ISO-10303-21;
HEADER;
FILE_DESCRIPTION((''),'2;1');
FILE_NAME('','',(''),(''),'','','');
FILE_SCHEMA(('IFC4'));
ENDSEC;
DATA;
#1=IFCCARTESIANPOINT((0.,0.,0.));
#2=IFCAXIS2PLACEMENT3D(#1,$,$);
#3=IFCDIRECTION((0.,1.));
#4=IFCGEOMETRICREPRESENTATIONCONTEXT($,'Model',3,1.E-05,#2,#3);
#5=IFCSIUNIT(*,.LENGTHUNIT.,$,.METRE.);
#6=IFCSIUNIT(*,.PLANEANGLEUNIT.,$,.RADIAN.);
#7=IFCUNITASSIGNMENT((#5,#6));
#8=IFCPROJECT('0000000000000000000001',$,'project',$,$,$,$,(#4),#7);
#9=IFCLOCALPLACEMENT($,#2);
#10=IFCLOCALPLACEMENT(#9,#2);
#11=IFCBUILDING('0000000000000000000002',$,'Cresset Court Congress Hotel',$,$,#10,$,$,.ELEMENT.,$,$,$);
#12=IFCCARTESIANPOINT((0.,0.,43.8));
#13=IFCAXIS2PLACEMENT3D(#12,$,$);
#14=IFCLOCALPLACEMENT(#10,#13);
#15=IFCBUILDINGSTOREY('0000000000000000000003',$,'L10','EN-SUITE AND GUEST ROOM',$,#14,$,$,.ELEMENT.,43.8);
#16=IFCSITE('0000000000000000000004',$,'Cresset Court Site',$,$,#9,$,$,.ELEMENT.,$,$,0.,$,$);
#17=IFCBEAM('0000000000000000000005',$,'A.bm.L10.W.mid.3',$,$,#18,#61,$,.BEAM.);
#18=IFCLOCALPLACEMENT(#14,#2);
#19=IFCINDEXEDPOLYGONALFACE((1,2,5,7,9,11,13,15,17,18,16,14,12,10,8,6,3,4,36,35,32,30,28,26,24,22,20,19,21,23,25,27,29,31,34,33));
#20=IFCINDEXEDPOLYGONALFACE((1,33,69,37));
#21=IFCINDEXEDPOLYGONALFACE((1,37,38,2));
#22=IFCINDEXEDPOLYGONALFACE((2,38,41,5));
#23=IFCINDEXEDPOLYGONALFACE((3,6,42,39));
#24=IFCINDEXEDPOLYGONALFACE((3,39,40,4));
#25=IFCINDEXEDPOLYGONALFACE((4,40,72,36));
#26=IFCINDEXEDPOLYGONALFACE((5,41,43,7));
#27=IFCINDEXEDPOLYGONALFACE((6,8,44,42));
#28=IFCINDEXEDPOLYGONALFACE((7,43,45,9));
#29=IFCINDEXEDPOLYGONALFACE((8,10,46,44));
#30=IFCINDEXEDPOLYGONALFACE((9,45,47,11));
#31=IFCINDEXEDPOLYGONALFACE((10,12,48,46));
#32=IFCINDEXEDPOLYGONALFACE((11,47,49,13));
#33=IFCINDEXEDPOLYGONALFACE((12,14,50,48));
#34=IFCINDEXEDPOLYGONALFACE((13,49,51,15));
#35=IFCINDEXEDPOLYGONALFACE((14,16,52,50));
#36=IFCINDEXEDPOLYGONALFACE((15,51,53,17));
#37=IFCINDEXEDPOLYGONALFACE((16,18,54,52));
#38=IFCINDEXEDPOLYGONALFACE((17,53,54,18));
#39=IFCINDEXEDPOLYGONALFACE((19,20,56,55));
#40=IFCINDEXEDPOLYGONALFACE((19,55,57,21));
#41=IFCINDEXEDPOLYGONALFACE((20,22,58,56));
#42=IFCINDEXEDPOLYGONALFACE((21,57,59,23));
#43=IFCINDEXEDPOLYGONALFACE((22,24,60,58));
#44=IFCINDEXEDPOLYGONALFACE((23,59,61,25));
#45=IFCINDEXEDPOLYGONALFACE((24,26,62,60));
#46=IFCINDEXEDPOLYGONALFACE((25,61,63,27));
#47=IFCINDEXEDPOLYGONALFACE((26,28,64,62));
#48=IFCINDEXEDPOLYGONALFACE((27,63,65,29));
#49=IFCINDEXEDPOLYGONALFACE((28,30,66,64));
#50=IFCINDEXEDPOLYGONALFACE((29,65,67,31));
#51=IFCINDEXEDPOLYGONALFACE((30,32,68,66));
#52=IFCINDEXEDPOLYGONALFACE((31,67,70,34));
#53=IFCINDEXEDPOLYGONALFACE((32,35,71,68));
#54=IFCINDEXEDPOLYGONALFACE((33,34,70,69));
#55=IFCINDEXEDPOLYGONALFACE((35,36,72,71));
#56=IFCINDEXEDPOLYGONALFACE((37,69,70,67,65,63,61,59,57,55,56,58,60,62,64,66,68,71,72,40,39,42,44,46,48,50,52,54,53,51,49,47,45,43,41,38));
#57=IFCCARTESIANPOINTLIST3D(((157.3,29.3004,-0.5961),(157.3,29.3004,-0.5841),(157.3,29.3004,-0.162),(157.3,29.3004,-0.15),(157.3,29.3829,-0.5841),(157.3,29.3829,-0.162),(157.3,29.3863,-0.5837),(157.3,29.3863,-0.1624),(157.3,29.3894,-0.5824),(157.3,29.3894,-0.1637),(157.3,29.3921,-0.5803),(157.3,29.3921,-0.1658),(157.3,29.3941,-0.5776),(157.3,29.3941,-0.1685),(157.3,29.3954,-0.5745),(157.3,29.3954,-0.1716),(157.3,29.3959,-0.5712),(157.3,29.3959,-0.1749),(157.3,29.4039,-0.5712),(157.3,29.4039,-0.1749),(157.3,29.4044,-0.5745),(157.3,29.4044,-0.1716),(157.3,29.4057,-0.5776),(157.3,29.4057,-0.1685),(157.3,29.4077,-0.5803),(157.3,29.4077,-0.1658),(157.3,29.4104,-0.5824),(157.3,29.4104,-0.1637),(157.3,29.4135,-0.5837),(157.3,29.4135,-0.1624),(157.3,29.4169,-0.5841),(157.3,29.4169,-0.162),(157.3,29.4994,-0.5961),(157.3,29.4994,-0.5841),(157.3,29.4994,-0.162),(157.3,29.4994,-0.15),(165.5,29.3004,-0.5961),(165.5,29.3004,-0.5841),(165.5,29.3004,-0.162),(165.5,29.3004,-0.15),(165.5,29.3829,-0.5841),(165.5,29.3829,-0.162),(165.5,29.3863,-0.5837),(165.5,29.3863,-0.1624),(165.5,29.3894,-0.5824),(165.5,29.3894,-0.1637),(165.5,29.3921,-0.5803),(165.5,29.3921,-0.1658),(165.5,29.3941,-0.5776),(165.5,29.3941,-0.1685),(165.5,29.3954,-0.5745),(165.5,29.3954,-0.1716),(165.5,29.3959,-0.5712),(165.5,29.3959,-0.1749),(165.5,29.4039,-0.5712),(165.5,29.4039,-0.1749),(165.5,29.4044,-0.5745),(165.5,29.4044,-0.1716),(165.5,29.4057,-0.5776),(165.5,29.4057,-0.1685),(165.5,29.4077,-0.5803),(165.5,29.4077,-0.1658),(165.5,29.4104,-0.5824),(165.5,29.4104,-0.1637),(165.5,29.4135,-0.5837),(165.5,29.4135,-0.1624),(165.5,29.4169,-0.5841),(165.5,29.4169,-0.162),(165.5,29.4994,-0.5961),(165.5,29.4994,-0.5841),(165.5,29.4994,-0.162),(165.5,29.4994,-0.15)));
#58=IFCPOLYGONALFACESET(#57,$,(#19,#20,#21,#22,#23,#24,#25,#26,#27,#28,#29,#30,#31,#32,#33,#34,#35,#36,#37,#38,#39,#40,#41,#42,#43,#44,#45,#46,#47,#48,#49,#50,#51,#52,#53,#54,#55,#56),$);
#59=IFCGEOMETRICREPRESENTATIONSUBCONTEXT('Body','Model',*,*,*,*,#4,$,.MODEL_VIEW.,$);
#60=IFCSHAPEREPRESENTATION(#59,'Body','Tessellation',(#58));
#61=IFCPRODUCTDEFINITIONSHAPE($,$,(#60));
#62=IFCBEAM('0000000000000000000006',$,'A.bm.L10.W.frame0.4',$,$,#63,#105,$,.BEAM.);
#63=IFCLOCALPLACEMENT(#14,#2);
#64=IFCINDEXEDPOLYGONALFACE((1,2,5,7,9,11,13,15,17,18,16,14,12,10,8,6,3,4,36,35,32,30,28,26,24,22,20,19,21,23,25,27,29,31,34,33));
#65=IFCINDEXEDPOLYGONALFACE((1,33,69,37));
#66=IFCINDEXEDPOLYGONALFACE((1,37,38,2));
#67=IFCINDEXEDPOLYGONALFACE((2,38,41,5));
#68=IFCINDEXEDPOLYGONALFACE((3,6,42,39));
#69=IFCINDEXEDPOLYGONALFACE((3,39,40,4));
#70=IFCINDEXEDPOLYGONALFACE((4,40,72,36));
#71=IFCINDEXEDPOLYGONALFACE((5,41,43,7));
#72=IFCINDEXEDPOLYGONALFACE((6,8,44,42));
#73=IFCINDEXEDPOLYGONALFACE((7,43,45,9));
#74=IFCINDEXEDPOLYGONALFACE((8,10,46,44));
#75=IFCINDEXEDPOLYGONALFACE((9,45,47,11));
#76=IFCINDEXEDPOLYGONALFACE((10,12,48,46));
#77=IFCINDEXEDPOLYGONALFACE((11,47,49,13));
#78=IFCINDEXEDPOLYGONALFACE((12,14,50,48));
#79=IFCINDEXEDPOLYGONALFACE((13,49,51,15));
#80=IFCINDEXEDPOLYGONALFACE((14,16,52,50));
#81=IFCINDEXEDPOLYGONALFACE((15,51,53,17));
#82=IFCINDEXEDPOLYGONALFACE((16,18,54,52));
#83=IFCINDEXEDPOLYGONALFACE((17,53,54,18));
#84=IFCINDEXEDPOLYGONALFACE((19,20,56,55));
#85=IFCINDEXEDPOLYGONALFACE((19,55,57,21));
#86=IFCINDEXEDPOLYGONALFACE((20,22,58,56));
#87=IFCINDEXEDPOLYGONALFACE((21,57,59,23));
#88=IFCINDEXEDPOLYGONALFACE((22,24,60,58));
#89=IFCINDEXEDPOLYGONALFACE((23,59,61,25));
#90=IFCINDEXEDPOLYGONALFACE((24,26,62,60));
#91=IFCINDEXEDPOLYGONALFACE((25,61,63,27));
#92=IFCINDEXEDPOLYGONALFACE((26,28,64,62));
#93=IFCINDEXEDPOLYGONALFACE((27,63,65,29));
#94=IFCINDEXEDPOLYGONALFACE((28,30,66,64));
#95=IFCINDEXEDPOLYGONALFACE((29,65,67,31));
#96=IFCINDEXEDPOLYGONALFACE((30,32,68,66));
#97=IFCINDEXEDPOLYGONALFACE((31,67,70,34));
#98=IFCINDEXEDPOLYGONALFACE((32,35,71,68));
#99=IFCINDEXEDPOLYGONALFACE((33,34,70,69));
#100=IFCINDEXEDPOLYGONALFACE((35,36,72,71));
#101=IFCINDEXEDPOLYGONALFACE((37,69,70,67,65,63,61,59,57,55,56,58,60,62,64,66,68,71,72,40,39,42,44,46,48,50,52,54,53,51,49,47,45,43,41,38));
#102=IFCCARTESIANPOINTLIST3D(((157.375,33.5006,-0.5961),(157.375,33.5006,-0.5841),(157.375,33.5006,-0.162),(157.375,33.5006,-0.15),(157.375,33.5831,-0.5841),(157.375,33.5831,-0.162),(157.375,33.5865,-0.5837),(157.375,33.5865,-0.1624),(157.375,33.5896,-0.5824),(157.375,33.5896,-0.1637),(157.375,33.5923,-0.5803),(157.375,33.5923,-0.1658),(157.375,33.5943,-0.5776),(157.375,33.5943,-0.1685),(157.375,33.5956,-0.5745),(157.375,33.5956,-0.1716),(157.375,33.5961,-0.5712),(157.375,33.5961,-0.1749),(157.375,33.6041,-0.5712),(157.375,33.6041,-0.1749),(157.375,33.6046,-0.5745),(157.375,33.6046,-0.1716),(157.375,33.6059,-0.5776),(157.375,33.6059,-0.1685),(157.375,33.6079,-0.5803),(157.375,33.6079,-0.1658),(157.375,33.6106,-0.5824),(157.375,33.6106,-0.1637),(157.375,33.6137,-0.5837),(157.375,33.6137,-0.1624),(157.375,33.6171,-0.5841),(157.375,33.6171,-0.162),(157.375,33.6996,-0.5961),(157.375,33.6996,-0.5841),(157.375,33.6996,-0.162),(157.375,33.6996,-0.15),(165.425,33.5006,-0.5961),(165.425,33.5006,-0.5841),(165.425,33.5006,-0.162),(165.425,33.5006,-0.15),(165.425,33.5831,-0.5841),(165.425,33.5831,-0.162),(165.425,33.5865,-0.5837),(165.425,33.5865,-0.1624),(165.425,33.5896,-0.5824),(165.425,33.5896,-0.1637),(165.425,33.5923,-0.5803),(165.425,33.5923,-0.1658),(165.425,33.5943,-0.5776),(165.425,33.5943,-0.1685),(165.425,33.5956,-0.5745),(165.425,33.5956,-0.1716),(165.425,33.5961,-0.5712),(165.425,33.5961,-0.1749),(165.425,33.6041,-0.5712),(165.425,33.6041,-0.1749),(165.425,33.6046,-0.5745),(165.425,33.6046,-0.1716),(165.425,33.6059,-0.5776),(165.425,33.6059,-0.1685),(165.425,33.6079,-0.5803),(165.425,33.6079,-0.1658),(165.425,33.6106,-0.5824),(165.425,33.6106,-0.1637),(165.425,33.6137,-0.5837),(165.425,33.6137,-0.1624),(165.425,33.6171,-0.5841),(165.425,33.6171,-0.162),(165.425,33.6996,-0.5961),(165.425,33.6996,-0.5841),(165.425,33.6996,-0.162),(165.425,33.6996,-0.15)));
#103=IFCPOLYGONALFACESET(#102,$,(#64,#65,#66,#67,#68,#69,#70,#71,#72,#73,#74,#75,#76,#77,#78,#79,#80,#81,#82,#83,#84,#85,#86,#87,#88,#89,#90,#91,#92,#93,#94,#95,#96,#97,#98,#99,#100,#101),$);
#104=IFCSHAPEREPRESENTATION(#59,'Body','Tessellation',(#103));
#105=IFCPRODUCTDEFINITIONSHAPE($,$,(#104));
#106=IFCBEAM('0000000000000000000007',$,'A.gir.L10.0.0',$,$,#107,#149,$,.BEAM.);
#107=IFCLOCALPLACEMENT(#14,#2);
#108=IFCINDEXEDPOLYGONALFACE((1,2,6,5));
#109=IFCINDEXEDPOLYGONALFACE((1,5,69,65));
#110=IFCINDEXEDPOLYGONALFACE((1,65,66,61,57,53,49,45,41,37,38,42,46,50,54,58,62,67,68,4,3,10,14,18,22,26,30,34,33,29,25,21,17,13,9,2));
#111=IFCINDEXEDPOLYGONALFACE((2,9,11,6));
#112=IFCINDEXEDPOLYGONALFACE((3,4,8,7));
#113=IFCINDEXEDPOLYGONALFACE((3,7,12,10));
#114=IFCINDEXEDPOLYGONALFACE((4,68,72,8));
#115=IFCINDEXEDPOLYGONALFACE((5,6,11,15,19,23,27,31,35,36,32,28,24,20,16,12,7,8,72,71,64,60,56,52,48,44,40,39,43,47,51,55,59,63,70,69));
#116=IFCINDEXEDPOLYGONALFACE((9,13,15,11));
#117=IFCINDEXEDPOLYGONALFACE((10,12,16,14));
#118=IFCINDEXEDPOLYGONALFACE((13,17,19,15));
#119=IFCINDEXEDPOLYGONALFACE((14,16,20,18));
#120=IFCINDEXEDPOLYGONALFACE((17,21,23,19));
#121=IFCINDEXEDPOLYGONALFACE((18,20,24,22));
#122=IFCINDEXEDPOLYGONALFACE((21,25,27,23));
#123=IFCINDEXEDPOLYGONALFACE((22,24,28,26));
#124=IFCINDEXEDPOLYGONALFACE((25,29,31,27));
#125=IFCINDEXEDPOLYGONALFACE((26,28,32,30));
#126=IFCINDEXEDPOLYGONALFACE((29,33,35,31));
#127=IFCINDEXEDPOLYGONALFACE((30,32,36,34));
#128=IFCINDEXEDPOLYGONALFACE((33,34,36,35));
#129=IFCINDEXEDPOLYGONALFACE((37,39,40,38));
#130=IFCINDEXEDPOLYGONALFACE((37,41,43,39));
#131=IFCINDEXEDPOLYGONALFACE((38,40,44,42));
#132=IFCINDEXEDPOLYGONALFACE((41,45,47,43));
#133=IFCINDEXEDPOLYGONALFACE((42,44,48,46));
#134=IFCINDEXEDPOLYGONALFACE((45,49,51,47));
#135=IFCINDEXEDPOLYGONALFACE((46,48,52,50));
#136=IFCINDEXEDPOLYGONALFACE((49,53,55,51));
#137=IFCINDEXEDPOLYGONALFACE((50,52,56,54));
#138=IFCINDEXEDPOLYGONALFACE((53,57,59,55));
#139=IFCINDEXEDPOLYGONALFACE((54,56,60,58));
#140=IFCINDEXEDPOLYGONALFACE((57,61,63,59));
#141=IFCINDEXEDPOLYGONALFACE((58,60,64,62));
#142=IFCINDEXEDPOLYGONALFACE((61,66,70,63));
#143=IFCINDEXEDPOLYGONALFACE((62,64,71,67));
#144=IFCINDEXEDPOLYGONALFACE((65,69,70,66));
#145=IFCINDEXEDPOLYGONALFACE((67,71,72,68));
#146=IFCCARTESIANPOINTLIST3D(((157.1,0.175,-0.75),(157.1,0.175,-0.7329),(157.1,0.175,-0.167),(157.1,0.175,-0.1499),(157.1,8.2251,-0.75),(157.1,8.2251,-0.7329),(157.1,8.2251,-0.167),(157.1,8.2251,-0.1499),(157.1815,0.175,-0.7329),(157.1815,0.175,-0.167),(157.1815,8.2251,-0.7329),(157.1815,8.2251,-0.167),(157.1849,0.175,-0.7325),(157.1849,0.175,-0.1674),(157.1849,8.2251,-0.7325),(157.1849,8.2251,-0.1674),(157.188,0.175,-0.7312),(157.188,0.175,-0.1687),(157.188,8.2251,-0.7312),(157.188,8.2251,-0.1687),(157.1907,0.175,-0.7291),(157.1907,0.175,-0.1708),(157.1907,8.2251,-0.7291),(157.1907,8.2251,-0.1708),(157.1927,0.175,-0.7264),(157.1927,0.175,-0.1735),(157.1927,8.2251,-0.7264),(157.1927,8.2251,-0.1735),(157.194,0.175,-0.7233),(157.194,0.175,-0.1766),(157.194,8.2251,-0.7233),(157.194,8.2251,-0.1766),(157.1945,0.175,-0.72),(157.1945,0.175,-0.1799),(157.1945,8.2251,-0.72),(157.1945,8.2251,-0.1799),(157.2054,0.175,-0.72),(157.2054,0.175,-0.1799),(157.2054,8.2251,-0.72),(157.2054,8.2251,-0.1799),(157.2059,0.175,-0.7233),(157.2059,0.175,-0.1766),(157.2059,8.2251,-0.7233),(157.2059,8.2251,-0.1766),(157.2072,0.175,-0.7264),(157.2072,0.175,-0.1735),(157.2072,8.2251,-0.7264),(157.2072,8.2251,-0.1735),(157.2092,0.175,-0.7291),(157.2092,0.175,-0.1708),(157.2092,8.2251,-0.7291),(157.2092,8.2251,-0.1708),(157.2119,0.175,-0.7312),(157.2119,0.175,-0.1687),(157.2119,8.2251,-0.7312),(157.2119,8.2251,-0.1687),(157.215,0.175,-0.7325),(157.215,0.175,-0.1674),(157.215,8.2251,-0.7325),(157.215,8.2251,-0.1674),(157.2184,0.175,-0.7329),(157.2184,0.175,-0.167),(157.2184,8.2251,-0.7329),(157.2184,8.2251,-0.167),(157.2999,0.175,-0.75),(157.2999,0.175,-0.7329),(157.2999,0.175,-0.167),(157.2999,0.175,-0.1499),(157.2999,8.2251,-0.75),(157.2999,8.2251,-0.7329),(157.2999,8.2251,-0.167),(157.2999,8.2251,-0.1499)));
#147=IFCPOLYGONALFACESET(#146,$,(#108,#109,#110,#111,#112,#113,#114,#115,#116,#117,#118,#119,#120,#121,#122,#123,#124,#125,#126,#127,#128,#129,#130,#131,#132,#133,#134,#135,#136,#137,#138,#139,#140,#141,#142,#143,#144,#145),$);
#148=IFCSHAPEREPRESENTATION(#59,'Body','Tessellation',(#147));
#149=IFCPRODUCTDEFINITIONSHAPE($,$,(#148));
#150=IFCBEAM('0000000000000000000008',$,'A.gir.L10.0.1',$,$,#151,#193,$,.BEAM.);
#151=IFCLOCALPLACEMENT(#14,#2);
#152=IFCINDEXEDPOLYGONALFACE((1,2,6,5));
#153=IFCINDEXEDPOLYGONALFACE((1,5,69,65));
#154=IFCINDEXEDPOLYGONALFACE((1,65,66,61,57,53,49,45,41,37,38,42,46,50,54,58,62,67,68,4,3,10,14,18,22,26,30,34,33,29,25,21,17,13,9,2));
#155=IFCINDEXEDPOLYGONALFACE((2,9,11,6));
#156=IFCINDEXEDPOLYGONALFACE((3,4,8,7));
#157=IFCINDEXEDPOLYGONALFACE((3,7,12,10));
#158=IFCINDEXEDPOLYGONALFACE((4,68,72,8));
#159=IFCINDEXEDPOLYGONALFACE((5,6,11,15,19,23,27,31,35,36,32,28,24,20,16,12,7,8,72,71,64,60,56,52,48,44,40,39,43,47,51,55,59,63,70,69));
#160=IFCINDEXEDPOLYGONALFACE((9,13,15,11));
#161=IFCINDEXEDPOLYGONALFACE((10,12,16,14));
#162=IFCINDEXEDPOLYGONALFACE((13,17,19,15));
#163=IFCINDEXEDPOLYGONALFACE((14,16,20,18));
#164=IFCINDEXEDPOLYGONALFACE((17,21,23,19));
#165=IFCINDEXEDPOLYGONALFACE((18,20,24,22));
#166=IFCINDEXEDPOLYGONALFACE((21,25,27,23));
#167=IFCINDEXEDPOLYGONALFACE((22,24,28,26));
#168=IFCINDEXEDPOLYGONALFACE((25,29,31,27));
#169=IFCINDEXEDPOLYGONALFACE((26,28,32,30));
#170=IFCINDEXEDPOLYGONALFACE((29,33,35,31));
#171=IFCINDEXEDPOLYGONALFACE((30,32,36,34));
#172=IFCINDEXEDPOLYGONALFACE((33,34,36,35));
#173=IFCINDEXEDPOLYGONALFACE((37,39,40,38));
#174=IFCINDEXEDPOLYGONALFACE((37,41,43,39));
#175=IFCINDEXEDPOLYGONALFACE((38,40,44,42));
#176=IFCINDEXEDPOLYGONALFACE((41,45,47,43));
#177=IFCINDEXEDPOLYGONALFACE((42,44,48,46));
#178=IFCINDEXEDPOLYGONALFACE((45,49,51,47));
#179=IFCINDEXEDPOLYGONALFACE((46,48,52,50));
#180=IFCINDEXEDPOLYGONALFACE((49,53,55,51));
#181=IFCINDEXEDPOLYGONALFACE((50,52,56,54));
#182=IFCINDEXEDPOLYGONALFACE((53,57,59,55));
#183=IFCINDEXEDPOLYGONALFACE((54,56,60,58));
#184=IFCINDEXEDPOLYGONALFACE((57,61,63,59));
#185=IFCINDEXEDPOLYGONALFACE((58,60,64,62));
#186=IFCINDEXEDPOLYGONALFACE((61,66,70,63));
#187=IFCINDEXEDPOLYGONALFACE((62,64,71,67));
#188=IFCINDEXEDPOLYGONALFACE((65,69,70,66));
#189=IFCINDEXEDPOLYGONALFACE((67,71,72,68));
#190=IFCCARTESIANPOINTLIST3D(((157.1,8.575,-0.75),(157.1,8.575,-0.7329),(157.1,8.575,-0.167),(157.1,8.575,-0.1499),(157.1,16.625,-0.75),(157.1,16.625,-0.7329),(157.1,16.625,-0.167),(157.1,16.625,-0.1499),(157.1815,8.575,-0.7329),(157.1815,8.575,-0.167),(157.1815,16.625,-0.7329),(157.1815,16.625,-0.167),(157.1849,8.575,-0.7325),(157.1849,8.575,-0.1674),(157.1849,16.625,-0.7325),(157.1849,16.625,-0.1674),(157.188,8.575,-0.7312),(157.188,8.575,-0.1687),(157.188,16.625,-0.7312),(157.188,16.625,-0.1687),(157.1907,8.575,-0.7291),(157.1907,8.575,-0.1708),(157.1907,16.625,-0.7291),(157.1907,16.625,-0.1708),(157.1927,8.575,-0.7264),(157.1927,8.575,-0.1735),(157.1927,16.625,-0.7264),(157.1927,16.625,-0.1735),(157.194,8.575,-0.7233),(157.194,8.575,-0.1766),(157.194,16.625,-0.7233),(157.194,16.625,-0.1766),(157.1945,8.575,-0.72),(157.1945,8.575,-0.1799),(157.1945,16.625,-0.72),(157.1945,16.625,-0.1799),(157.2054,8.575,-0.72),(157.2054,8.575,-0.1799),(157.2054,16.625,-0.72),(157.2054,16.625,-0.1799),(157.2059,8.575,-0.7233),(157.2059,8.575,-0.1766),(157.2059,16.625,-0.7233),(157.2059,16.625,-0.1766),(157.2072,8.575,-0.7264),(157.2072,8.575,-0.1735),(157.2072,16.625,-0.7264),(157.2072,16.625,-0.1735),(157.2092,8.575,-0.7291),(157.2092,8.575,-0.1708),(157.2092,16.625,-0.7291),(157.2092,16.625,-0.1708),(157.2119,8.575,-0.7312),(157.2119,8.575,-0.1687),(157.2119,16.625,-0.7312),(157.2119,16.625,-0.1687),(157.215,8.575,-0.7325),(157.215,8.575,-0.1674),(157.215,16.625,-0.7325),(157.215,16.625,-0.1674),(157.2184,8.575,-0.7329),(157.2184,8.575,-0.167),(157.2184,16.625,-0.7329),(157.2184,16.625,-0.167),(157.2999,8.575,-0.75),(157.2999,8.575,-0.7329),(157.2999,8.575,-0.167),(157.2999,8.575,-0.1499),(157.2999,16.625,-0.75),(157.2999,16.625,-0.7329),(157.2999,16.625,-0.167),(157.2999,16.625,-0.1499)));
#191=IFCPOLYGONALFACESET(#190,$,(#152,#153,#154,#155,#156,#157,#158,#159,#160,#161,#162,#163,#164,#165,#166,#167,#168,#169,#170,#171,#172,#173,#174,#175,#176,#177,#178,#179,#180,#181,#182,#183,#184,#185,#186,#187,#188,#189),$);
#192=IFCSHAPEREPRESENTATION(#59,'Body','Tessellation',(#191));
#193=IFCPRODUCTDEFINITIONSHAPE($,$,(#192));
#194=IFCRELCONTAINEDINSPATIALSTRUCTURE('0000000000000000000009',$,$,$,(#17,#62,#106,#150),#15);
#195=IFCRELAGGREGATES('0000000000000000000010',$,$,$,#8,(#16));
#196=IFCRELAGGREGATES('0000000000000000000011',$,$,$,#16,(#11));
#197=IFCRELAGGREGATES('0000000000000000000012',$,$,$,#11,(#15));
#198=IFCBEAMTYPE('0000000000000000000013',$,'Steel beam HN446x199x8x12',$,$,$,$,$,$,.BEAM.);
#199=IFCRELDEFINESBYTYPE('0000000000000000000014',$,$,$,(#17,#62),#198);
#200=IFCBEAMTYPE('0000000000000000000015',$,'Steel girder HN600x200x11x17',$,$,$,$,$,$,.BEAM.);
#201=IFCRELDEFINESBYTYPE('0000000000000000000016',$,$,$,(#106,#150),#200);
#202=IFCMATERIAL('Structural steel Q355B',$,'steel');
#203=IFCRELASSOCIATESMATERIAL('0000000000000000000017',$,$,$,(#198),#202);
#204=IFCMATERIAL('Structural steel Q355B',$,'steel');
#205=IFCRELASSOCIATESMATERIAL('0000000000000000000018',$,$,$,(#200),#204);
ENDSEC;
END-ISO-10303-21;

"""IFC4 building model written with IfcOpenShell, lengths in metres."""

from ifc_helpers import new_model, si_unit, direction, frame, origin, origin_2d, place, context, subcontext, project, spatial, i_section, extrude, material, material_profile, profile_set, type_object, element, save


model = new_model("IFC4")

# Units and contexts
model_context = context("Model", 3, precision=1e-05, world=origin(), true_north=direction((0.0, 1.0)))
body_context = subcontext(model_context, "Body", "Model", "MODEL_VIEW")
ifc_project = project(units=[si_unit("LENGTHUNIT", "METRE"), si_unit("PLANEANGLEUNIT", "RADIAN")], contexts=[model_context])

# Site, building, storey
site_placement = place(None, origin())
site = spatial("IfcSite", under=ifc_project, at=site_placement, Name="Cresset Court Site", CompositionType="ELEMENT", RefElevation=0.0)
building_placement = place(site_placement, origin())
building = spatial("IfcBuilding", under=site, at=building_placement, Name="Cresset Court Congress Hotel", CompositionType="ELEMENT")
storey_placement = place(building_placement, frame((0.0, 0.0, 43.8)))
storey = spatial("IfcBuildingStorey", under=building, at=storey_placement, Name="L10", Description="EN-SUITE AND GUEST ROOM", CompositionType="ELEMENT", Elevation=43.8)

# Beams
ifc_material_1 = material(Name="Structural steel Q355B", Category="steel")
ifc_material_profile_1 = material_profile(ifc_material_1, i_section(OverallWidth=0.199, OverallDepth=0.446, WebThickness=0.0081, FlangeThickness=0.012, FilletRadius=0.0129, at=origin_2d()), Name="HN446x199x8x12")
ifc_profile_set_1 = profile_set([ifc_material_profile_1], Name="Structural steel Q355B")
beam_type_1 = type_object("IfcBeamType", Name="Steel beam HN446x199x8x12", PredefinedType="BEAM", material=ifc_profile_set_1)
beam_1_placement = place(storey_placement, frame((157.3, 29.3999, -0.373), z_axis=(1.0, 0.0, 0.0), x_axis=(0.0, 1.0, 0.0)))
element("IfcBeam", 1, at=beam_1_placement, inside=storey, type_object=beam_type_1, Name="A.bm.L10.W.mid.3", PredefinedType="BEAM", context=body_context, shape_type="SweptSolid", body=[
    extrude(i_section(OverallWidth=0.199, OverallDepth=0.446, WebThickness=0.0081, FlangeThickness=0.012, FilletRadius=0.0129, at=origin_2d()), origin(), (0.0, 0.0, 1.0), 8.2),
])
beam_2_placement = place(storey_placement, frame((157.375, 33.6001, -0.373), z_axis=(1.0, 0.0, 0.0), x_axis=(0.0, 1.0, 0.0)))
element("IfcBeam", 2, at=beam_2_placement, inside=storey, type_object=beam_type_1, Name="A.bm.L10.W.frame0.4", PredefinedType="BEAM", context=body_context, shape_type="SweptSolid", body=[
    extrude(i_section(OverallWidth=0.199, OverallDepth=0.446, WebThickness=0.0081, FlangeThickness=0.012, FilletRadius=0.0129, at=origin_2d()), origin(), (0.0, 0.0, 1.0), 8.05),
])
ifc_material_2 = material(Name="Structural steel Q355B", Category="steel")
ifc_material_profile_2 = material_profile(ifc_material_2, i_section(OverallWidth=0.2, OverallDepth=0.6001, WebThickness=0.011, FlangeThickness=0.0171, FilletRadius=0.0129, at=origin_2d()), Name="HN600x200x11x17")
ifc_profile_set_2 = profile_set([ifc_material_profile_2], Name="Structural steel Q355B")
beam_type_2 = type_object("IfcBeamType", Name="Steel girder HN600x200x11x17", PredefinedType="BEAM", material=ifc_profile_set_2)
for number, where, z_axis, x_axis, name in (
    (3, (157.2, 0.175, -0.45), (0.0, 1.0, 0.0), (-1.0, 0.0, 0.0), "A.gir.L10.0.0"),
    (4, (157.2, 8.575, -0.45), (0.0, 1.0, 0.0), (-1.0, 0.0, 0.0), "A.gir.L10.0.1"),
):
    element("IfcBeam", number, at=place(storey_placement, frame(where, z_axis=z_axis, x_axis=x_axis)), inside=storey, type_object=beam_type_2, Name=name, PredefinedType="BEAM", context=body_context, shape_type="SweptSolid", body=[
        extrude(i_section(OverallWidth=0.2, OverallDepth=0.6001, WebThickness=0.011, FlangeThickness=0.0171, FilletRadius=0.0129, at=origin_2d()), origin(), (0.0, 0.0, 1.0), 8.05),
    ])

save(model, "model.ifc")
